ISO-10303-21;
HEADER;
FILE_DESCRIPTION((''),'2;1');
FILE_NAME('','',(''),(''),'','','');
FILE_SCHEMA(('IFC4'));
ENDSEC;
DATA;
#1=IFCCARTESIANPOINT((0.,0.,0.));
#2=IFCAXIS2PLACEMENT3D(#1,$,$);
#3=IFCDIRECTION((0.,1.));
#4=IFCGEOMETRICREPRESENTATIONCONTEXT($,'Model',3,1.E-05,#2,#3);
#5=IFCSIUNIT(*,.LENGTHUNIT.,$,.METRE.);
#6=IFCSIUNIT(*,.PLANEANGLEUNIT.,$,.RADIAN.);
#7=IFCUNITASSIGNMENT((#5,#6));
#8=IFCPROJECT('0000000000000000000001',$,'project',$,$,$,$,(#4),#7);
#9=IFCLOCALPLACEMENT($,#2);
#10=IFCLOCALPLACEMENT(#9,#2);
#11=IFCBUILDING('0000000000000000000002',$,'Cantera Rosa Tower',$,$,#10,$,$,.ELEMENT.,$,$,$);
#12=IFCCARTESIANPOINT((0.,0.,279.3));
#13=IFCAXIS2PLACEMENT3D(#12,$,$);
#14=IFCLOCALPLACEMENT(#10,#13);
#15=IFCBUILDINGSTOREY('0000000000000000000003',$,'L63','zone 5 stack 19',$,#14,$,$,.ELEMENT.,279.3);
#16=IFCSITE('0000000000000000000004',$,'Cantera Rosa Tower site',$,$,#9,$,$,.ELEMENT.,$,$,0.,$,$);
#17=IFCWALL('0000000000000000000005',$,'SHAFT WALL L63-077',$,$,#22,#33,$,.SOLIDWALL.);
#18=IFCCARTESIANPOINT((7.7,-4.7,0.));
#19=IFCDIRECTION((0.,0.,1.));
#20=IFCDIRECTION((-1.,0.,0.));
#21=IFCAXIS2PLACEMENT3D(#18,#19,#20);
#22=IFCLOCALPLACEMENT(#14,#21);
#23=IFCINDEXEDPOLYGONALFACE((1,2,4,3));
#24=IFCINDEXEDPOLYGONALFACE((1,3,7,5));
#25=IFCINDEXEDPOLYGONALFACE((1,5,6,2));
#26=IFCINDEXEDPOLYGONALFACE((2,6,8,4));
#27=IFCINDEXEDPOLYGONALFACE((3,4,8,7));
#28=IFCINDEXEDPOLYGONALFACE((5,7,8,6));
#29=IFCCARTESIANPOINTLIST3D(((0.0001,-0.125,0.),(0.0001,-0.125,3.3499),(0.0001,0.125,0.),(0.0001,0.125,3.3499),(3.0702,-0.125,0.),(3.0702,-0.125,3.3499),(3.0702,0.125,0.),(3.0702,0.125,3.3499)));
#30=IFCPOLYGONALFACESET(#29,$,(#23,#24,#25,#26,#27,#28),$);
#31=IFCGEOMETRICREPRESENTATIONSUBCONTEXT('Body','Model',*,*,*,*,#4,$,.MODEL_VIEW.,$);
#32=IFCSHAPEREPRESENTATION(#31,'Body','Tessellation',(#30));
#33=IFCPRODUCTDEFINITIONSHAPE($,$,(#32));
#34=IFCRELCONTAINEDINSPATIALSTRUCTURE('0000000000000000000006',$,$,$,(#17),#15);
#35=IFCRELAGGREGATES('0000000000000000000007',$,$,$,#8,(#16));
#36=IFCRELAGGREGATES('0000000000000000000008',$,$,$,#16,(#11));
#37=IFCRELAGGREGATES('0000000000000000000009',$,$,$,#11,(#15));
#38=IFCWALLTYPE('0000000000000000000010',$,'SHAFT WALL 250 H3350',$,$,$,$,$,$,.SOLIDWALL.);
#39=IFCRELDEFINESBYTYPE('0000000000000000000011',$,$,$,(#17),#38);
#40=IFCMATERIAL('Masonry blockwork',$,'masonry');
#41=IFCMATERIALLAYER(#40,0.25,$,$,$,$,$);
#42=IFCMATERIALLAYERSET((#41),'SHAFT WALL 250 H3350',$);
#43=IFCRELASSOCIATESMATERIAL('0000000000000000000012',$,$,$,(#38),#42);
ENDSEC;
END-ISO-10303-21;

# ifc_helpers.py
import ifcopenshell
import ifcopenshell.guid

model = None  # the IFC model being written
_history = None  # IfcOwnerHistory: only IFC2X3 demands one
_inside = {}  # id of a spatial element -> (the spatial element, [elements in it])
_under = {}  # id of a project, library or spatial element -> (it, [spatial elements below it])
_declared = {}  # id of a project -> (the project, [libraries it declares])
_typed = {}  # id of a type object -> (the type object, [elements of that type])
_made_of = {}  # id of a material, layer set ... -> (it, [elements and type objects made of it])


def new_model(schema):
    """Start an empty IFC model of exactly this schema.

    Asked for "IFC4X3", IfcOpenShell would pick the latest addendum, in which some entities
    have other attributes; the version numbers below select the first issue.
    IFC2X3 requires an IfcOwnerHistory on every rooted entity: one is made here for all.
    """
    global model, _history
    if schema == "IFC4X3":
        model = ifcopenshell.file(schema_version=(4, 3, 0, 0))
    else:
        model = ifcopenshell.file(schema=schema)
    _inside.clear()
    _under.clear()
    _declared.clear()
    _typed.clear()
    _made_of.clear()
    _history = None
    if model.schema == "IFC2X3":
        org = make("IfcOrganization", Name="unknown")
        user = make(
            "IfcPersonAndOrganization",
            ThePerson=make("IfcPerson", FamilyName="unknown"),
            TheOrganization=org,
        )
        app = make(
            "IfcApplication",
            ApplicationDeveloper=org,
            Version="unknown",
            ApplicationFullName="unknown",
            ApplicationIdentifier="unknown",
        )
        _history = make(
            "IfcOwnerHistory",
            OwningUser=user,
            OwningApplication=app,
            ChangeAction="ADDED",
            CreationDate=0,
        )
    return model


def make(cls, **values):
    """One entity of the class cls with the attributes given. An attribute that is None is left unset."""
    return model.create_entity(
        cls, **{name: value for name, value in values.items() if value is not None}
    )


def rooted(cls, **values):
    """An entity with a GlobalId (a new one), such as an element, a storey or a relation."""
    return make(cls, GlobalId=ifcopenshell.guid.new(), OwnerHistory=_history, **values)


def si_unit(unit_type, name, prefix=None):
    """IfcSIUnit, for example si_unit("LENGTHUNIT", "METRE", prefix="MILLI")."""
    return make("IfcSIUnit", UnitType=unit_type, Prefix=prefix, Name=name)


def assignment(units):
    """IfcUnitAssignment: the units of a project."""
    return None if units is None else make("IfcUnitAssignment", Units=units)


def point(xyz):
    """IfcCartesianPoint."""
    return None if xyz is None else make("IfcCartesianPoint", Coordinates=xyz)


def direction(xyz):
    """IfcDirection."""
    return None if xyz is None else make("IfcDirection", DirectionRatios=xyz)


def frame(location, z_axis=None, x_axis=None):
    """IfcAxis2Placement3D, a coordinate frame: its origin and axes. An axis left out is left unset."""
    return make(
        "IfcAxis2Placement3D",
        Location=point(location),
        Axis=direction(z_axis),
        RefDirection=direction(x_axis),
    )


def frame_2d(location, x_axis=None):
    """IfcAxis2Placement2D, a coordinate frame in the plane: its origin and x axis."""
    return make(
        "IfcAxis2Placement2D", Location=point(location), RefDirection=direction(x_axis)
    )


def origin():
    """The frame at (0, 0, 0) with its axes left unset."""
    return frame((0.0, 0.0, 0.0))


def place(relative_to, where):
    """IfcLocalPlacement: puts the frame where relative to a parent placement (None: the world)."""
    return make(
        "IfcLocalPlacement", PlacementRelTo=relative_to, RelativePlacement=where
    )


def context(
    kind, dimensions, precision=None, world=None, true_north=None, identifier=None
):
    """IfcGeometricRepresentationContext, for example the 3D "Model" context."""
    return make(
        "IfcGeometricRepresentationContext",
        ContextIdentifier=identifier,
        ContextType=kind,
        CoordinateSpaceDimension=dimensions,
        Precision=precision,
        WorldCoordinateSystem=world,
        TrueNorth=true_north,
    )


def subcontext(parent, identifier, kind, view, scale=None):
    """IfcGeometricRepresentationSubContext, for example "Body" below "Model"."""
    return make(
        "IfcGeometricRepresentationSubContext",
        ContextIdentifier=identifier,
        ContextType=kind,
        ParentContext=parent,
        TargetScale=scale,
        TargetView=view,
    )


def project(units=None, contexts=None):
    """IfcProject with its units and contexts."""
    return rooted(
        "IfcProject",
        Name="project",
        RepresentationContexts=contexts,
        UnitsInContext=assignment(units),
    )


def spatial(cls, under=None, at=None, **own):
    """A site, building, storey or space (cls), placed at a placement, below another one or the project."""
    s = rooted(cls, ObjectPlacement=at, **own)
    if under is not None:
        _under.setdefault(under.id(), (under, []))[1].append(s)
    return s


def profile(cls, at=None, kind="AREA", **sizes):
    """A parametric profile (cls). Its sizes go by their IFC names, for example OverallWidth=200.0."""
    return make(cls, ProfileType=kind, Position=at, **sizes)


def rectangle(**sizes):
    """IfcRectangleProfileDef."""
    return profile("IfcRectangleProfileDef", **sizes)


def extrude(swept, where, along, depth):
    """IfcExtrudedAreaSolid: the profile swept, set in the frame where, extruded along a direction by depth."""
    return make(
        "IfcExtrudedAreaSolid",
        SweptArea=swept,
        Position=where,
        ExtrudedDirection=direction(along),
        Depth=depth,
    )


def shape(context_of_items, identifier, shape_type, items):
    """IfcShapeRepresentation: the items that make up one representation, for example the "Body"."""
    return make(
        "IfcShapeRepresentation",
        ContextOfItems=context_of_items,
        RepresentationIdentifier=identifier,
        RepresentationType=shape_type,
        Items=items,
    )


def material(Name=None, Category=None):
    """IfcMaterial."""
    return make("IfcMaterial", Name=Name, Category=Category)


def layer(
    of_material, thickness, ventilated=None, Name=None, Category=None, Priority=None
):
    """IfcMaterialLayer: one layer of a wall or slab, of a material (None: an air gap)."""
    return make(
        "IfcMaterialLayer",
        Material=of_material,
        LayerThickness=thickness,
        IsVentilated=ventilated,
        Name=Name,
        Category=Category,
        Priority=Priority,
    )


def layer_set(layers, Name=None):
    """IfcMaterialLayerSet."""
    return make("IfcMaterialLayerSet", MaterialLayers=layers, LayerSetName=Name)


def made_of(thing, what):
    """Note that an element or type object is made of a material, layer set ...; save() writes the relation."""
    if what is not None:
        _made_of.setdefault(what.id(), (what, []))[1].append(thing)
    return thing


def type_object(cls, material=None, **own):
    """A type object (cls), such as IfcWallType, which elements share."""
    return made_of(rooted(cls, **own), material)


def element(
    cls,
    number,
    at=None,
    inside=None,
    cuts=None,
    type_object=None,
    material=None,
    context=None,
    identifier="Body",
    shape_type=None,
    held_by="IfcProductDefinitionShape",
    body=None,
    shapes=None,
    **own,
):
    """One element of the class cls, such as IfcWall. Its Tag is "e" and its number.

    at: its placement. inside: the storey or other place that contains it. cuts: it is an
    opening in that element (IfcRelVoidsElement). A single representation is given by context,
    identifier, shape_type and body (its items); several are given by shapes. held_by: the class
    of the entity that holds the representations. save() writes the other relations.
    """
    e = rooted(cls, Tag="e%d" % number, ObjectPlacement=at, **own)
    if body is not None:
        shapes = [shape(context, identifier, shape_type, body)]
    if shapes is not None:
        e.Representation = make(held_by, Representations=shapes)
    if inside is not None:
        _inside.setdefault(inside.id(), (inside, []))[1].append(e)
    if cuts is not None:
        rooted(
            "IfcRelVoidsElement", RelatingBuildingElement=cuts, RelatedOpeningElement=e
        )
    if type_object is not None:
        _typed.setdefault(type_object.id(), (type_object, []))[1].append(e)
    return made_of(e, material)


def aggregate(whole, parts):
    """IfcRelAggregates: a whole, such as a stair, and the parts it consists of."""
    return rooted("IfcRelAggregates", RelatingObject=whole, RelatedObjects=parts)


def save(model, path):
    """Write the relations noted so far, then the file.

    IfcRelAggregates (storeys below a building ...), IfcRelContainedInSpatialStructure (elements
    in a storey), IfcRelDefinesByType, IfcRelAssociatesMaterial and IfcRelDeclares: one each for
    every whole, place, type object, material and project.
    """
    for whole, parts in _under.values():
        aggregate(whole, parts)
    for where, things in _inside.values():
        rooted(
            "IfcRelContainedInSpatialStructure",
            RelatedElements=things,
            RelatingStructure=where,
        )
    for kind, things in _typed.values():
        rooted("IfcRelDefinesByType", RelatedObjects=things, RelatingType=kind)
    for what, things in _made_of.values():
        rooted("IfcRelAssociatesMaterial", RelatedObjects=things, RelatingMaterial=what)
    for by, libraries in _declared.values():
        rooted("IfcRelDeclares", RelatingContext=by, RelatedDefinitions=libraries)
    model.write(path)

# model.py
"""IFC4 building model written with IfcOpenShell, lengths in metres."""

from ifc_helpers import new_model, si_unit, direction, frame, frame_2d, origin, place, context, subcontext, project, spatial, rectangle, extrude, material, layer, layer_set, type_object, element, save


model = new_model("IFC4")

# Units and contexts
model_context = context("Model", 3, precision=1e-05, world=origin(), true_north=direction((0.0, 1.0)))
body_context = subcontext(model_context, "Body", "Model", "MODEL_VIEW")
ifc_project = project(units=[si_unit("LENGTHUNIT", "METRE"), si_unit("PLANEANGLEUNIT", "RADIAN")], contexts=[model_context])

# Site, building, storey
site_placement = place(None, origin())
site = spatial("IfcSite", under=ifc_project, at=site_placement, Name="Cantera Rosa Tower site", CompositionType="ELEMENT", RefElevation=0.0)
building_placement = place(site_placement, origin())
building = spatial("IfcBuilding", under=site, at=building_placement, Name="Cantera Rosa Tower", CompositionType="ELEMENT")
storey_placement = place(building_placement, frame((0.0, 0.0, 279.3)))
storey = spatial("IfcBuildingStorey", under=building, at=storey_placement, Name="L63", Description="zone 5 stack 19", CompositionType="ELEMENT", Elevation=279.3)

# Wall
ifc_material_1 = material(Name="Masonry blockwork", Category="masonry")
ifc_layer_1 = layer(ifc_material_1, 0.25)
ifc_layer_set_1 = layer_set([ifc_layer_1], Name="SHAFT WALL 250 H3350")
wall_type_1 = type_object("IfcWallType", Name="SHAFT WALL 250 H3350", PredefinedType="SOLIDWALL", material=ifc_layer_set_1)
wall_1_placement = place(storey_placement, frame((7.7, -4.7, 0.0), z_axis=(0.0, 0.0, 1.0), x_axis=(-1.0, 0.0, 0.0)))
element("IfcWall", 1, at=wall_1_placement, inside=storey, type_object=wall_type_1, Name="SHAFT WALL L63-077", PredefinedType="SOLIDWALL", context=body_context, shape_type="SweptSolid", body=[
    extrude(rectangle(XDim=3.0701, YDim=0.25, at=frame_2d((1.5352, 0.0))), origin(), (0.0, 0.0, 1.0), 3.3499),
])

save(model, "model.ifc")
